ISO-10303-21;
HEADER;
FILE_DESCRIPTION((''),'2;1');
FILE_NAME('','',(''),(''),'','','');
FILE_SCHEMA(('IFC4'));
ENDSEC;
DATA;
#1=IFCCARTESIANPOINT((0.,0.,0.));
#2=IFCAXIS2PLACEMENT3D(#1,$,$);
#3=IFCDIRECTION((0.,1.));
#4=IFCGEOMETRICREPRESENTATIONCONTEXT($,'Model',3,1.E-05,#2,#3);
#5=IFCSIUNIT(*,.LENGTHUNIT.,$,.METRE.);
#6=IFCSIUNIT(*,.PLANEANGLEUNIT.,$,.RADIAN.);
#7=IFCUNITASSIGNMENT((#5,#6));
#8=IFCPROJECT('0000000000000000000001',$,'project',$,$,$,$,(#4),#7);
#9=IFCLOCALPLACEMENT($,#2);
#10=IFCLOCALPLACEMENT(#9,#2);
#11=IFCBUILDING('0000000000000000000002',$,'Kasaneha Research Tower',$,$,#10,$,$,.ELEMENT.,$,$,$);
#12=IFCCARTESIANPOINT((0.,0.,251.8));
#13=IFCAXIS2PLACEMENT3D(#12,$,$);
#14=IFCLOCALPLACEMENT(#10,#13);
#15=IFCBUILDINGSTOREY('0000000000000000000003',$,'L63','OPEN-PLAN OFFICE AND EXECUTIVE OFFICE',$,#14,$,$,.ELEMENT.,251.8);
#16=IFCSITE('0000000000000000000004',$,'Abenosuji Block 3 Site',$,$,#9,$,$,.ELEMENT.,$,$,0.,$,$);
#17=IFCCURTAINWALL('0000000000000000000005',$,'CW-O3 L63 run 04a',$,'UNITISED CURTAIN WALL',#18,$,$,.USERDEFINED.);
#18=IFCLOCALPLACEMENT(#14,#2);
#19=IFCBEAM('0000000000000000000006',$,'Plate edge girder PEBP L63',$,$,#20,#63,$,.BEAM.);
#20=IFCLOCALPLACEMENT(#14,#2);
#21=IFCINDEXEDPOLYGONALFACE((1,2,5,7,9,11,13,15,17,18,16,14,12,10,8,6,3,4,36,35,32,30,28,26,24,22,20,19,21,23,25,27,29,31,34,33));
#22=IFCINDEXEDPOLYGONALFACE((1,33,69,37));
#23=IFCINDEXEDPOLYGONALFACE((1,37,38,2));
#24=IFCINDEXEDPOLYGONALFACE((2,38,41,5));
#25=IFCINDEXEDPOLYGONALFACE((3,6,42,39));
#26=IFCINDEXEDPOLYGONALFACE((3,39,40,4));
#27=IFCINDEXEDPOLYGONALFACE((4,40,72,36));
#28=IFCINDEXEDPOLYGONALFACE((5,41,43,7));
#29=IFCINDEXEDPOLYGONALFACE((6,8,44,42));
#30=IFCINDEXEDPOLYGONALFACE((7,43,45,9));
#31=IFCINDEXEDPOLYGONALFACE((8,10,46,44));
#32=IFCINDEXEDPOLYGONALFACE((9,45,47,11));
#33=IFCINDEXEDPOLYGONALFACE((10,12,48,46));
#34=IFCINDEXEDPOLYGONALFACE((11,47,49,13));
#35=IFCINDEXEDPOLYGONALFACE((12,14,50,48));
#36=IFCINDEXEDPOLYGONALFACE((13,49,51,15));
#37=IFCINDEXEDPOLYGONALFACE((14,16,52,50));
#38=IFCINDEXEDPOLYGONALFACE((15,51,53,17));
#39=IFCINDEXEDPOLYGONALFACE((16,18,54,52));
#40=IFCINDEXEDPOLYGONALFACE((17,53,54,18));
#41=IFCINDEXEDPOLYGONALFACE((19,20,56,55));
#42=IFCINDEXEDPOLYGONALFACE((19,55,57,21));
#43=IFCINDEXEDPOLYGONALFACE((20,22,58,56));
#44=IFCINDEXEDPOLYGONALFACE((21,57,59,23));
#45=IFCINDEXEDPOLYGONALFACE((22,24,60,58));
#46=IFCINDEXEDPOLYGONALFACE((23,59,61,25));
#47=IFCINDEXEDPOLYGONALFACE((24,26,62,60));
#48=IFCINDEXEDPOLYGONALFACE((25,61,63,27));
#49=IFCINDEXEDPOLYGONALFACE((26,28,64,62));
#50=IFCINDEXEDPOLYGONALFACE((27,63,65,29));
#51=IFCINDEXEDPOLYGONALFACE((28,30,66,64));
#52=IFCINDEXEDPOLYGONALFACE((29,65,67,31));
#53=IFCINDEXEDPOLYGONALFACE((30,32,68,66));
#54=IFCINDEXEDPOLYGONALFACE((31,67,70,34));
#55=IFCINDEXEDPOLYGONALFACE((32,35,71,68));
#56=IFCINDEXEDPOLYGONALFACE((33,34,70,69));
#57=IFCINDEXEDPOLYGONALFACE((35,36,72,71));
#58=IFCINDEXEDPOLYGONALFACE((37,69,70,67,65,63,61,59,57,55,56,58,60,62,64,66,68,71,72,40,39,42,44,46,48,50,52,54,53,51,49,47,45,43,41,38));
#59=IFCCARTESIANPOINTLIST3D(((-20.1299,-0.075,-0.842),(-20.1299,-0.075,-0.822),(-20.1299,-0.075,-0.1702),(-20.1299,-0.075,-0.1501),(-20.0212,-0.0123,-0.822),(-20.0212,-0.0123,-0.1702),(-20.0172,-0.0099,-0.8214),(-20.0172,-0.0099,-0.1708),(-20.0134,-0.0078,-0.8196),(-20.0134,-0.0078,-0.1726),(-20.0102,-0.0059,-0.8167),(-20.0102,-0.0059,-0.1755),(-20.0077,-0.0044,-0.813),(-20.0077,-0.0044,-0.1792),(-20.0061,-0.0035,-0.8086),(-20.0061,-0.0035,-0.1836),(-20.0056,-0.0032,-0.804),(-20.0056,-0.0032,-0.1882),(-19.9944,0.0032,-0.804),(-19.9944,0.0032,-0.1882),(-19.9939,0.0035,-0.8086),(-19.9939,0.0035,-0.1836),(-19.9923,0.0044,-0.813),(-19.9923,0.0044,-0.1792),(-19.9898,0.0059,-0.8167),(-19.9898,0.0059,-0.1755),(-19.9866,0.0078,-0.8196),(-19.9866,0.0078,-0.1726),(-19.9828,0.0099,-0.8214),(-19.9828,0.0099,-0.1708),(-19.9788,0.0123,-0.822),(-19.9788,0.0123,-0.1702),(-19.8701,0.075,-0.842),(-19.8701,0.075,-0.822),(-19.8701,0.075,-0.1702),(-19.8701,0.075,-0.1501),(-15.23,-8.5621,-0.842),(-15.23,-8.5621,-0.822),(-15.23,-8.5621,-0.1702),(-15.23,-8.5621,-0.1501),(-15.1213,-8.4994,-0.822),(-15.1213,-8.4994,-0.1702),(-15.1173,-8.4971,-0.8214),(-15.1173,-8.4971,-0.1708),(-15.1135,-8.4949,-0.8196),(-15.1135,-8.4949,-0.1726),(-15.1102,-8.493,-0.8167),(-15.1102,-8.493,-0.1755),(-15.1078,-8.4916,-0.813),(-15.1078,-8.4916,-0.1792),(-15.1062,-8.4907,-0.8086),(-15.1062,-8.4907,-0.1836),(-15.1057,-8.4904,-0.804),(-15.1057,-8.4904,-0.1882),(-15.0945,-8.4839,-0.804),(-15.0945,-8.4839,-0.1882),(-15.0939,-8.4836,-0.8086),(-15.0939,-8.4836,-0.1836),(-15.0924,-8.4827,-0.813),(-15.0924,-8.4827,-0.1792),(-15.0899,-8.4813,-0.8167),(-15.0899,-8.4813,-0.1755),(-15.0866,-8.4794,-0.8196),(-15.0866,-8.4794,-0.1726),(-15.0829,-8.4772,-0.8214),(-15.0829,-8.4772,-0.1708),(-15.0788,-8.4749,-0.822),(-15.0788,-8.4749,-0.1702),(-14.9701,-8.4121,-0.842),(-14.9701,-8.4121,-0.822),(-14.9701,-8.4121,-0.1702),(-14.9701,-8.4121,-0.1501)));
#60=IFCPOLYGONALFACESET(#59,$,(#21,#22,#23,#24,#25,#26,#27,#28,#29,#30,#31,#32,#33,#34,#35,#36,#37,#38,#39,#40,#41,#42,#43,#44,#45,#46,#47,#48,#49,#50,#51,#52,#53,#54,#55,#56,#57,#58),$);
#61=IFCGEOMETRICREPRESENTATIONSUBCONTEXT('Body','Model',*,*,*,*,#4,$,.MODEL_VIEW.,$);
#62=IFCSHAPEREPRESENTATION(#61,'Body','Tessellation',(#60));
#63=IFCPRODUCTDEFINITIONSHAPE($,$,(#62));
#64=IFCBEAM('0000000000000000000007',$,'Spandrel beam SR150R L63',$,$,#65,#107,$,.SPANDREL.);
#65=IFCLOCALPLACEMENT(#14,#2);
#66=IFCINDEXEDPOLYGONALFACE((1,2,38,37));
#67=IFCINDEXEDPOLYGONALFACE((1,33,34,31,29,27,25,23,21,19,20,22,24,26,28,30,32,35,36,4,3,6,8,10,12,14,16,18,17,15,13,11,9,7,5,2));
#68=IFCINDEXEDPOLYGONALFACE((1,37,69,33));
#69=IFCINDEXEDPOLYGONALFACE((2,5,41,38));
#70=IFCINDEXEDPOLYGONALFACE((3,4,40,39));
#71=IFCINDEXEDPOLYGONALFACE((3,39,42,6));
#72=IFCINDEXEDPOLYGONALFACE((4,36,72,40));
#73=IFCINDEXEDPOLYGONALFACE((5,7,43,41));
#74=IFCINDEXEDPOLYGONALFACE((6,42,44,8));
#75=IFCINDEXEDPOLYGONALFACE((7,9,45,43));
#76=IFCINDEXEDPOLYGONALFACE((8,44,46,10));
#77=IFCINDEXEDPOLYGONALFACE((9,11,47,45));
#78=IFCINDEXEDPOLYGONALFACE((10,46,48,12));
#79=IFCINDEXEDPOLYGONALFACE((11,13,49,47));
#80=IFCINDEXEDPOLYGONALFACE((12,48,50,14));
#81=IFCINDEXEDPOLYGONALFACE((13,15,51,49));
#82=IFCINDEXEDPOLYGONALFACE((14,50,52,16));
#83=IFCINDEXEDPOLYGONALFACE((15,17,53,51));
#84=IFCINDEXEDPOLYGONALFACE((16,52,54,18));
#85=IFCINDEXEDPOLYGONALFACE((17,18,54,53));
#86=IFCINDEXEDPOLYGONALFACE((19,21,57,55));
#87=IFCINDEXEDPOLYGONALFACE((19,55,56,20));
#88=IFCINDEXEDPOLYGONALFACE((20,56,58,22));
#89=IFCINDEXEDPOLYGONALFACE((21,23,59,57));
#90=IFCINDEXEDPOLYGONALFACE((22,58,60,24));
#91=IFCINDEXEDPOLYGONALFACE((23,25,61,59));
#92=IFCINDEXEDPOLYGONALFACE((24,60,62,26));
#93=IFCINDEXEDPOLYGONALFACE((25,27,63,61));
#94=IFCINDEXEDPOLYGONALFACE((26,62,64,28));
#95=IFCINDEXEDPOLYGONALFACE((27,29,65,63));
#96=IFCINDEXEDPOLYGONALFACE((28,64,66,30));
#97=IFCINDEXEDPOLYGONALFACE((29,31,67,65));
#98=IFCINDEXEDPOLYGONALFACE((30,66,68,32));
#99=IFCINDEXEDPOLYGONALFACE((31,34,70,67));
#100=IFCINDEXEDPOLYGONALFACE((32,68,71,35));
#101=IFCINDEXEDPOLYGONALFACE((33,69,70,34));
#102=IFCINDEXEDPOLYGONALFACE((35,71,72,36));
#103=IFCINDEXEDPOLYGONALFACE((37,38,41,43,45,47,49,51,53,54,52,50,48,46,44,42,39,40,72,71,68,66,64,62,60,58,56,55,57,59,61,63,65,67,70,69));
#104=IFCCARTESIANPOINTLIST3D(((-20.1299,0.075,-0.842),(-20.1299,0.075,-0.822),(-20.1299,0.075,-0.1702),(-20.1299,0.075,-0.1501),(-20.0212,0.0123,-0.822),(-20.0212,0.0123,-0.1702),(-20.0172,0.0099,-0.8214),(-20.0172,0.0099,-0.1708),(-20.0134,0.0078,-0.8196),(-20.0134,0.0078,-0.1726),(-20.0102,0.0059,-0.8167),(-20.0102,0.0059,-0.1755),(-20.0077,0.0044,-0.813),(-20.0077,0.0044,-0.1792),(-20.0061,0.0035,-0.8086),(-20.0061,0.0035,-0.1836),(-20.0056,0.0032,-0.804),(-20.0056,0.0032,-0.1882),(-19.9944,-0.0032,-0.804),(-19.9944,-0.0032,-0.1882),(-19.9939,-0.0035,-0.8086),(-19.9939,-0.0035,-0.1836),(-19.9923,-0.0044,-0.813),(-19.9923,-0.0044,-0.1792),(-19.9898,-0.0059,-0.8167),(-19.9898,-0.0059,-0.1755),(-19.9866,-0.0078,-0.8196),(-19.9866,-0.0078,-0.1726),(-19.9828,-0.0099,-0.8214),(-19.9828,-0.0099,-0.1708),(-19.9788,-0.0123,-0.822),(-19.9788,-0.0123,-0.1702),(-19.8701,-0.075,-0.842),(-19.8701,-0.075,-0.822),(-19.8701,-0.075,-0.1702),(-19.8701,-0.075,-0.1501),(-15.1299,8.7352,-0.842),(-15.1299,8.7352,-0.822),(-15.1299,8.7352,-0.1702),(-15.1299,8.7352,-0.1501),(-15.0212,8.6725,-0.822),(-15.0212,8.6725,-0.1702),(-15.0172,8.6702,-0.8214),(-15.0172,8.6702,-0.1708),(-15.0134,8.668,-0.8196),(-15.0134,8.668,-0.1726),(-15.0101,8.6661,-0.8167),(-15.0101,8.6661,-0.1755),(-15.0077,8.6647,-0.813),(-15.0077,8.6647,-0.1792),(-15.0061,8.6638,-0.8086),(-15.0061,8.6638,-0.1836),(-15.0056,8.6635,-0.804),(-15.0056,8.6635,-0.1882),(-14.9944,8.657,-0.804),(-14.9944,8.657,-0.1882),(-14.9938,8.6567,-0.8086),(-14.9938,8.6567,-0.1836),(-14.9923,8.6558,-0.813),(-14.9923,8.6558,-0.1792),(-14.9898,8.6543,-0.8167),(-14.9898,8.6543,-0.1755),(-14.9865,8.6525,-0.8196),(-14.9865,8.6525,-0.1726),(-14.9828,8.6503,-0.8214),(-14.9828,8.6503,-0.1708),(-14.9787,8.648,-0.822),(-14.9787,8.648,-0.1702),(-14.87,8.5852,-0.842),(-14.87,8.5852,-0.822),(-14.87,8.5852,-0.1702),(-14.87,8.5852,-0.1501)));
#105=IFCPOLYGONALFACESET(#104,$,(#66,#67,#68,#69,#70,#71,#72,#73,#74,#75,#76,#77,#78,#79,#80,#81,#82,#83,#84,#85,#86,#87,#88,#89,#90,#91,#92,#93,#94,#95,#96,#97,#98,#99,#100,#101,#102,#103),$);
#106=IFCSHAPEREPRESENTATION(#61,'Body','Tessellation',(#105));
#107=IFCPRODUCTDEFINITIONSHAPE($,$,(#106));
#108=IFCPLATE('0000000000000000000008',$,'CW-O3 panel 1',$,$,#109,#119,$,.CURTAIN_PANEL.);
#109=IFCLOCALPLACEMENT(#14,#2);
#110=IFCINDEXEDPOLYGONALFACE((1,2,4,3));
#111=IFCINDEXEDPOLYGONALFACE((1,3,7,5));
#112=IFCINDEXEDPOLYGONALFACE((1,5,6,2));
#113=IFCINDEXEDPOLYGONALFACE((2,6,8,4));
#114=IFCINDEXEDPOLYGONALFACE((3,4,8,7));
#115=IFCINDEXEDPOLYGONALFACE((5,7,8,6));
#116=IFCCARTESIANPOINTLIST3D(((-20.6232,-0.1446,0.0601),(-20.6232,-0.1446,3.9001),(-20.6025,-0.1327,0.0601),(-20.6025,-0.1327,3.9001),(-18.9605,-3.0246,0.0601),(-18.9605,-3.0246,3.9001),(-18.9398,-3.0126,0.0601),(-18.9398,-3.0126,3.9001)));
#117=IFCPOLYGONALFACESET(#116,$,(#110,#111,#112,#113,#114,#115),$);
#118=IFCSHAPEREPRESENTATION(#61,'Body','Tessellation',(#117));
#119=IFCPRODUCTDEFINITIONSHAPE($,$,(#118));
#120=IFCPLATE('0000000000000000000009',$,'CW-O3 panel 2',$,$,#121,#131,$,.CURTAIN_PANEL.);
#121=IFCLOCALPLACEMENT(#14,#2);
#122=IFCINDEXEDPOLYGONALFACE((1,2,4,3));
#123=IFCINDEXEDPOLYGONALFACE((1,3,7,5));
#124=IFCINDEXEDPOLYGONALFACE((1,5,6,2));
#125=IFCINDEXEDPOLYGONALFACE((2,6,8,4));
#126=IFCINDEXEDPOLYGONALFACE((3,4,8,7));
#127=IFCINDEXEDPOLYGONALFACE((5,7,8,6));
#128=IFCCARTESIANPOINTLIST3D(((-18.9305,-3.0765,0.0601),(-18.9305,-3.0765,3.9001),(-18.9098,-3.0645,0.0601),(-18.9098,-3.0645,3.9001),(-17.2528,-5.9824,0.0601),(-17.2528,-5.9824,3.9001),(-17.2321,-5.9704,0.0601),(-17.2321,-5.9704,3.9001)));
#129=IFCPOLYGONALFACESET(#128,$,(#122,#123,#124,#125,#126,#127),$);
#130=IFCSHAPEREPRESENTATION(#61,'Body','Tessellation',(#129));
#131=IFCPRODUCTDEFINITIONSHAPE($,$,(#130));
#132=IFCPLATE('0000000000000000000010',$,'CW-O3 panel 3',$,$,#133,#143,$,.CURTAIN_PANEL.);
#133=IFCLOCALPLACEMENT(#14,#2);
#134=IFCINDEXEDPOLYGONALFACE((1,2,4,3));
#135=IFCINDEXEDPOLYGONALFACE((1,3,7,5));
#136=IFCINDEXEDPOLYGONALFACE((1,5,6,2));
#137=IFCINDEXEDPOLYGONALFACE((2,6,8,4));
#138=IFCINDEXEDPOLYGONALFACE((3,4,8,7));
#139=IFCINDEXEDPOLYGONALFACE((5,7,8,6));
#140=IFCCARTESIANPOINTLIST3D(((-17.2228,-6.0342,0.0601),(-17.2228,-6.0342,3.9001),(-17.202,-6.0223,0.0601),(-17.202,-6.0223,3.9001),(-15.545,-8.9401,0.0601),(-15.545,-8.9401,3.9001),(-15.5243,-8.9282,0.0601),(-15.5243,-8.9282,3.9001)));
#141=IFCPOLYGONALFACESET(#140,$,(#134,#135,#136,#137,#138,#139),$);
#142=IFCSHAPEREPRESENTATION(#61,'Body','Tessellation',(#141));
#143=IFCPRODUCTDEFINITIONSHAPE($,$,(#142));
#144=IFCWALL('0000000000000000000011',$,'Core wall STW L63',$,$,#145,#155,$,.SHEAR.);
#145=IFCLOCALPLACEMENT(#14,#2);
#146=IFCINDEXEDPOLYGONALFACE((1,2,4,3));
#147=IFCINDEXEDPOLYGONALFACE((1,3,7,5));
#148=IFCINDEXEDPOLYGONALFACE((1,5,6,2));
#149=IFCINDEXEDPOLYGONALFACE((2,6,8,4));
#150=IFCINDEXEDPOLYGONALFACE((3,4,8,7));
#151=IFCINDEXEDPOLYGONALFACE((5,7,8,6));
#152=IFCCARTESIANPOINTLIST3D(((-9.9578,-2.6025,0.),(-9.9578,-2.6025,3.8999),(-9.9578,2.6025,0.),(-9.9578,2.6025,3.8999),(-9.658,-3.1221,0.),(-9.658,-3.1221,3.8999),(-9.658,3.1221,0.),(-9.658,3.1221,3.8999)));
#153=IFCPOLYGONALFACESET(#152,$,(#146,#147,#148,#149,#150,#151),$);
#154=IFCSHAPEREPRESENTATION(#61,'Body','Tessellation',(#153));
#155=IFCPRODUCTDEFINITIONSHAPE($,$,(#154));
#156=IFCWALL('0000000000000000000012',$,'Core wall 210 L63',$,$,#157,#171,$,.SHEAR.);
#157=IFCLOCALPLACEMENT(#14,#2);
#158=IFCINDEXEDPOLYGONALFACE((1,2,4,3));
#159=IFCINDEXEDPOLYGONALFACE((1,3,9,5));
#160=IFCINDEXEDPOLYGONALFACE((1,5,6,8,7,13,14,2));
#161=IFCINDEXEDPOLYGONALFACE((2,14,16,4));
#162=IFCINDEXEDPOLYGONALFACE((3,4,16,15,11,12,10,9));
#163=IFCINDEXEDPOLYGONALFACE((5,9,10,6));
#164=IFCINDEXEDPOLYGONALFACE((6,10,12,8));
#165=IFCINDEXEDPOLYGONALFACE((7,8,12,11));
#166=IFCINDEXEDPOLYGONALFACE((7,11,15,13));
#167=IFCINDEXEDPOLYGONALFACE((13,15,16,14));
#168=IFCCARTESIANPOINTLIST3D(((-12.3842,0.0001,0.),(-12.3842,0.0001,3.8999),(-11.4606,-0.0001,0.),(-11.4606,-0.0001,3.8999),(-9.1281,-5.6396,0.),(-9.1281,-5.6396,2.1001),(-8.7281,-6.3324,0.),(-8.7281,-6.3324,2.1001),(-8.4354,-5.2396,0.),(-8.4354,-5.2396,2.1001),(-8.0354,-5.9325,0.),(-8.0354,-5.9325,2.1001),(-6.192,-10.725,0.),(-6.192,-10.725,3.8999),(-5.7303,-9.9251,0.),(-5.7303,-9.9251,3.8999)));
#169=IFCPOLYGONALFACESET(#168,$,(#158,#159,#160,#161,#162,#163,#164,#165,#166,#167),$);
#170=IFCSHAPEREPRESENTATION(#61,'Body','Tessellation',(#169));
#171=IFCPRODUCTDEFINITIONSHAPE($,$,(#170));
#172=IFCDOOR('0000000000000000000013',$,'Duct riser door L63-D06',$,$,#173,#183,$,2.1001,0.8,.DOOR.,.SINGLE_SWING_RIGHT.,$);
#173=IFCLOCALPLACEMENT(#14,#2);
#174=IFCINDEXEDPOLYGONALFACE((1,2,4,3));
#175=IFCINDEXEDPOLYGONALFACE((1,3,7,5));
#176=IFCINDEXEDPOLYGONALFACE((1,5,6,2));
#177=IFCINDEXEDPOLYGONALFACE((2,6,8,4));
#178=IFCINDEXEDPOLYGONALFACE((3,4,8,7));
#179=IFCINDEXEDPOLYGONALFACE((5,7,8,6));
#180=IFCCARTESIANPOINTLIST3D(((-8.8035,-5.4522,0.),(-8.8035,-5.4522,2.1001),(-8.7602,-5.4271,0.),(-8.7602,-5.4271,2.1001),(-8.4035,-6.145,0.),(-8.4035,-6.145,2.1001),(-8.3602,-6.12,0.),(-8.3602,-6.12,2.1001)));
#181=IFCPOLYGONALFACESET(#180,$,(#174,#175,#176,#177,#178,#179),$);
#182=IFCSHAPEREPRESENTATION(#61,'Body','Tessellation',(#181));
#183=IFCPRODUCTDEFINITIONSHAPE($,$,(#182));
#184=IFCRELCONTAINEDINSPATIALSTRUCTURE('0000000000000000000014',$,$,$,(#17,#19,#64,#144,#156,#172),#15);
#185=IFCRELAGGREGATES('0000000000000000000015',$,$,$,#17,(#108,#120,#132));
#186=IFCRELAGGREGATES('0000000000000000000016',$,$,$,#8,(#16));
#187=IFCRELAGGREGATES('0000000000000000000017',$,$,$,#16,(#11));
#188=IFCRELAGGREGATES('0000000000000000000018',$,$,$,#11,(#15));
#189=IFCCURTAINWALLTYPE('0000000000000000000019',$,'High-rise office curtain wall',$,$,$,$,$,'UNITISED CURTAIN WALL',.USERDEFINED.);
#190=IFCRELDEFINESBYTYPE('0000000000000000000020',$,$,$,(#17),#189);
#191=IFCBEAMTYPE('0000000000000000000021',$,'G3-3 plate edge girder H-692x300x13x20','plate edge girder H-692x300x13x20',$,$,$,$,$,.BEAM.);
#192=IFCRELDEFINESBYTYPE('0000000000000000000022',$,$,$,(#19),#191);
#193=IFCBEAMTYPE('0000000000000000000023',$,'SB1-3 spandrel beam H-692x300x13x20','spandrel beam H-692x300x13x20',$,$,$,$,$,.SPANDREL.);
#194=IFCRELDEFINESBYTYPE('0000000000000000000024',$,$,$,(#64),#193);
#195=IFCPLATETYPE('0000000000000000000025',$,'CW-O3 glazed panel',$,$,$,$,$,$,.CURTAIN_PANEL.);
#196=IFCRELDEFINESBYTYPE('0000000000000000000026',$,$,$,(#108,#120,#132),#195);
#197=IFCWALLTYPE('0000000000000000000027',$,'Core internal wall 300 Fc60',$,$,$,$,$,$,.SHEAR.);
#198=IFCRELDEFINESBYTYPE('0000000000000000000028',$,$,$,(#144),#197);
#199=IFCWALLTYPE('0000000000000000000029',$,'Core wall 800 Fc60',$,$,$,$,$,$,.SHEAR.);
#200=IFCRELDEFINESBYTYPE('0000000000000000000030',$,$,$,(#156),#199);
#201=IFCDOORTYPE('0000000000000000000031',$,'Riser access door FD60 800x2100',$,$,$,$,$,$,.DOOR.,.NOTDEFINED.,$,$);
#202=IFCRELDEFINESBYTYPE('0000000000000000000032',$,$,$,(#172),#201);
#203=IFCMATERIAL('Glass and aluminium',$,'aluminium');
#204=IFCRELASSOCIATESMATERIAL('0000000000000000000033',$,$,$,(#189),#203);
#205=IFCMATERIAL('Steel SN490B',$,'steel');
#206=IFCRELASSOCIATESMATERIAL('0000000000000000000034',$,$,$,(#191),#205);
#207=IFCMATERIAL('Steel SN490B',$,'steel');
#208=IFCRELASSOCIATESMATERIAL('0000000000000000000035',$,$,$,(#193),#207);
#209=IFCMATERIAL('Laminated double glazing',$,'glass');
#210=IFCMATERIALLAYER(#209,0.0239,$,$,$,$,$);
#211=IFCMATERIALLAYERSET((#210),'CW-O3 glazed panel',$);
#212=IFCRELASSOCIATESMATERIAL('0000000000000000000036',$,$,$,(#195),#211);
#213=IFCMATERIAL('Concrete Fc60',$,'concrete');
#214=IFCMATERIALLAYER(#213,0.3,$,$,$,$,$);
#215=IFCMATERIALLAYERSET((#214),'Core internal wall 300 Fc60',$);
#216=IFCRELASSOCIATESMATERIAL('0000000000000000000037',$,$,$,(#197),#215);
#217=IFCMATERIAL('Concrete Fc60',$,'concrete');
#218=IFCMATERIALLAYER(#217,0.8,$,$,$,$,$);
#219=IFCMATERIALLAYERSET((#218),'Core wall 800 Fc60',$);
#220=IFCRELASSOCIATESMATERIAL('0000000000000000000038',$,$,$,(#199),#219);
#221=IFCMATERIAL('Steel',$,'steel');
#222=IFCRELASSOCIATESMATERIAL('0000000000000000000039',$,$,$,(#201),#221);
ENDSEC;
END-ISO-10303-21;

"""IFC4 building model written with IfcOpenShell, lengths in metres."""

from ifc_helpers import new_model, si_unit, direction, frame, frame_2d, origin, origin_2d, place, context, subcontext, project, spatial, polyline, rectangle, i_section, outline, extrude, material, layer, layer_set, material_profile, profile_set, type_object, element, fill, aggregate, save


model = new_model("IFC4")

# Units and contexts
model_context = context("Model", 3, precision=1e-05, world=origin(), true_north=direction((0.0, 1.0)))
body_context = subcontext(model_context, "Body", "Model", "MODEL_VIEW")
ifc_project = project(units=[si_unit("LENGTHUNIT", "METRE"), si_unit("PLANEANGLEUNIT", "RADIAN")], contexts=[model_context])

# Site, building, storey
site_placement = place(None, origin())
site = spatial("IfcSite", under=ifc_project, at=site_placement, Name="Abenosuji Block 3 Site", CompositionType="ELEMENT", RefElevation=0.0)
building_placement = place(site_placement, origin())
building = spatial("IfcBuilding", under=site, at=building_placement, Name="Kasaneha Research Tower", CompositionType="ELEMENT")
storey_placement = place(building_placement, frame((0.0, 0.0, 251.8)))
storey = spatial("IfcBuildingStorey", under=building, at=storey_placement, Name="L63", Description="OPEN-PLAN OFFICE AND EXECUTIVE OFFICE", CompositionType="ELEMENT", Elevation=251.8)

# Curtain wall
ifc_material_1 = material(Name="Glass and aluminium", Category="aluminium")
curtain_wall_type = type_object("IfcCurtainWallType", Name="High-rise office curtain wall", ElementType="UNITISED CURTAIN WALL", PredefinedType="USERDEFINED", material=ifc_material_1)
curtain_wall_placement = place(storey_placement, origin())
curtain_wall = element("IfcCurtainWall", 1, at=curtain_wall_placement, inside=storey, type_object=curtain_wall_type, Name="CW-O3 L63 run 04a", ObjectType="UNITISED CURTAIN WALL", PredefinedType="USERDEFINED")

# Beams
ifc_material_2 = material(Name="Steel SN490B", Category="steel")
ifc_material_profile_1 = material_profile(ifc_material_2, i_section(OverallWidth=0.3, OverallDepth=0.6919, WebThickness=0.0129, FlangeThickness=0.02, FilletRadius=0.0181, at=origin_2d()), Name="H-692x300x13x20")
ifc_profile_set_1 = profile_set([ifc_material_profile_1], Name="Steel SN490B")
beam_type_1 = type_object("IfcBeamType", Name="G3-3 plate edge girder H-692x300x13x20", Description="plate edge girder H-692x300x13x20", PredefinedType="BEAM", material=ifc_profile_set_1)
beam_1_placement = place(storey_placement, frame((-20.0, 0.0, -0.4961), z_axis=(0.499992, -0.86603, 0.0), x_axis=(0.86603, 0.499992, 0.0)))
element("IfcBeam", 2, at=beam_1_placement, inside=storey, type_object=beam_type_1, Name="Plate edge girder PEBP L63", PredefinedType="BEAM", context=body_context, shape_type="SweptSolid", body=[
    extrude(i_section(OverallWidth=0.3, OverallDepth=0.6919, WebThickness=0.0129, FlangeThickness=0.02, FilletRadius=0.0181, at=origin_2d()), origin(), (0.0, 0.0, 1.0), 9.8),
])
ifc_material_3 = material(Name="Steel SN490B", Category="steel")
ifc_material_profile_2 = material_profile(ifc_material_3, i_section(OverallWidth=0.3, OverallDepth=0.6919, WebThickness=0.0129, FlangeThickness=0.02, FilletRadius=0.0181, at=origin_2d()), Name="H-692x300x13x20")
ifc_profile_set_2 = profile_set([ifc_material_profile_2], Name="Steel SN490B")
beam_type_2 = type_object("IfcBeamType", Name="SB1-3 spandrel beam H-692x300x13x20", Description="spandrel beam H-692x300x13x20", PredefinedType="SPANDREL", material=ifc_profile_set_2)
beam_2_placement = place(storey_placement, frame((-20.0, 0.0, -0.4961), z_axis=(0.500004, 0.866023, 0.0), x_axis=(-0.866023, 0.500004, 0.0)))
element("IfcBeam", 3, at=beam_2_placement, inside=storey, type_object=beam_type_2, Name="Spandrel beam SR150R L63", PredefinedType="SPANDREL", context=body_context, shape_type="SweptSolid", body=[
    extrude(i_section(OverallWidth=0.3, OverallDepth=0.6919, WebThickness=0.0129, FlangeThickness=0.02, FilletRadius=0.0181, at=origin_2d()), origin(), (0.0, 0.0, 1.0), 10.0),
])

# Plates
ifc_material_4 = material(Name="Laminated double glazing", Category="glass")
ifc_layer_1 = layer(ifc_material_4, 0.0239)
ifc_layer_set_1 = layer_set([ifc_layer_1], Name="CW-O3 glazed panel")
plate_type = type_object("IfcPlateType", Name="CW-O3 glazed panel", PredefinedType="CURTAIN_PANEL", material=ifc_layer_set_1)
plate_1_placement = place(storey_placement, frame((-19.7815, -1.5786, 0.0601), z_axis=(0.0, 0.0, 1.0), x_axis=(0.5, -0.866025, 0.0)))
plate_1 = element("IfcPlate", 4, at=plate_1_placement, type_object=plate_type, Name="CW-O3 panel 1", PredefinedType="CURTAIN_PANEL", context=body_context, shape_type="SweptSolid", body=[
    extrude(rectangle(XDim=3.3254, YDim=0.0239, at=origin_2d()), origin(), (0.0, 0.0, 1.0), 3.8401),
])
plate_2_placement = place(storey_placement, frame((-18.0813, -4.5234, 0.0601), z_axis=(0.0, 0.0, 1.0), x_axis=(0.5, -0.866025, 0.0)))
plate_2 = element("IfcPlate", 5, at=plate_2_placement, type_object=plate_type, Name="CW-O3 panel 2", PredefinedType="CURTAIN_PANEL", context=body_context, shape_type="SweptSolid", body=[
    extrude(rectangle(XDim=3.3555, YDim=0.0239, at=origin_2d()), origin(), (0.0, 0.0, 1.0), 3.8401),
])
plate_3_placement = place(storey_placement, frame((-16.3735, -7.4812, 0.0601), z_axis=(0.0, 0.0, 1.0), x_axis=(0.5, -0.866025, 0.0)))
plate_3 = element("IfcPlate", 6, at=plate_3_placement, type_object=plate_type, Name="CW-O3 panel 3", PredefinedType="CURTAIN_PANEL", context=body_context, shape_type="SweptSolid", body=[
    extrude(rectangle(XDim=3.3555, YDim=0.0239, at=origin_2d()), origin(), (0.0, 0.0, 1.0), 3.8401),
])
aggregate(curtain_wall, [plate_1, plate_2, plate_3])

# Wall
ifc_material_5 = material(Name="Concrete Fc60", Category="concrete")
ifc_layer_2 = layer(ifc_material_5, 0.3)
ifc_layer_set_2 = layer_set([ifc_layer_2], Name="Core internal wall 300 Fc60")
wall_type_1 = type_object("IfcWallType", Name="Core internal wall 300 Fc60", PredefinedType="SHEAR", material=ifc_layer_set_2)
wall_1_placement = place(storey_placement, frame((-9.8079, -2.8623, 0.0), z_axis=(0.0, 0.0, 1.0), x_axis=(0.0, 1.0, 0.0)))
element("IfcWall", 7, at=wall_1_placement, inside=storey, type_object=wall_type_1, Name="Core wall STW L63", PredefinedType="SHEAR", context=body_context, shape_type="SweptSolid", body=[
    extrude(outline(polyline([(-0.2598, -0.1499), (5.9844, -0.1499), (5.4648, 0.1499), (0.2598, 0.1499), (-0.2598, -0.1499)])), origin(), (0.0, 0.0, 1.0), 3.8999),
])

# Wall, opening, door
ifc_material_6 = material(Name="Concrete Fc60", Category="concrete")
ifc_layer_3 = layer(ifc_material_6, 0.8)
ifc_layer_set_3 = layer_set([ifc_layer_3], Name="Core wall 800 Fc60")
wall_type_2 = type_object("IfcWallType", Name="Core wall 800 Fc60", PredefinedType="SHEAR", material=ifc_layer_set_3)
wall_2_placement = place(storey_placement, frame((-11.9224, 0.0, 0.0), z_axis=(0.0, 0.0, 1.0), x_axis=(0.500004, -0.866023, 0.0)))
wall_2 = element("IfcWall", 8, at=wall_2_placement, inside=storey, type_object=wall_type_2, Name="Core wall 210 L63", PredefinedType="SHEAR", context=body_context, shape_type="SweptSolid", body=[
    extrude(outline(polyline([(-0.231, -0.3999), (6.2812, -0.3999), (7.0813, -0.3999), (12.1533, -0.3999), (11.6914, 0.3999), (7.0813, 0.3999), (6.2812, 0.3999), (0.231, 0.3999), (-0.231, -0.3999)])), origin(), (0.0, 0.0, 1.0), 3.8999),
])
opening_1_placement = place(wall_2_placement, frame((6.2812, 0.0, 0.0)))
opening_1 = element("IfcOpeningElement", 9, at=opening_1_placement, cuts=wall_2, PredefinedType="OPENING", context=body_context, shape_type="SweptSolid", body=[
    extrude(rectangle(XDim=0.8, YDim=2.1001, at=frame_2d((0.3999, 1.05))), frame((0.0, 0.4102, 0.0), z_axis=(0.0, -1.0, 0.0), x_axis=(1.0, 0.0, 0.0)), (0.0, 0.0, 1.0), 0.8201),
])
ifc_material_7 = material(Name="Steel", Category="steel")
door_type_1 = type_object("IfcDoorType", Name="Riser access door FD60 800x2100", OperationType="NOTDEFINED", PredefinedType="DOOR", material=ifc_material_7)
door_1_placement = place(opening_1_placement, origin())
door_1 = element("IfcDoor", 10, at=door_1_placement, inside=storey, type_object=door_type_1, Name="Duct riser door L63-D06", OperationType="SINGLE_SWING_RIGHT", OverallHeight=2.1001, OverallWidth=0.8, PredefinedType="DOOR", context=body_context, shape_type="SweptSolid", body=[
    extrude(rectangle(XDim=0.8, YDim=2.1001, at=frame_2d((0.3999, 1.05))), frame((0.0, 0.0249, 0.0), z_axis=(0.0, -1.0, 0.0), x_axis=(1.0, 0.0, 0.0)), (0.0, 0.0, 1.0), 0.05),
])
fill(opening_1, door_1)

save(model, "model.ifc")
